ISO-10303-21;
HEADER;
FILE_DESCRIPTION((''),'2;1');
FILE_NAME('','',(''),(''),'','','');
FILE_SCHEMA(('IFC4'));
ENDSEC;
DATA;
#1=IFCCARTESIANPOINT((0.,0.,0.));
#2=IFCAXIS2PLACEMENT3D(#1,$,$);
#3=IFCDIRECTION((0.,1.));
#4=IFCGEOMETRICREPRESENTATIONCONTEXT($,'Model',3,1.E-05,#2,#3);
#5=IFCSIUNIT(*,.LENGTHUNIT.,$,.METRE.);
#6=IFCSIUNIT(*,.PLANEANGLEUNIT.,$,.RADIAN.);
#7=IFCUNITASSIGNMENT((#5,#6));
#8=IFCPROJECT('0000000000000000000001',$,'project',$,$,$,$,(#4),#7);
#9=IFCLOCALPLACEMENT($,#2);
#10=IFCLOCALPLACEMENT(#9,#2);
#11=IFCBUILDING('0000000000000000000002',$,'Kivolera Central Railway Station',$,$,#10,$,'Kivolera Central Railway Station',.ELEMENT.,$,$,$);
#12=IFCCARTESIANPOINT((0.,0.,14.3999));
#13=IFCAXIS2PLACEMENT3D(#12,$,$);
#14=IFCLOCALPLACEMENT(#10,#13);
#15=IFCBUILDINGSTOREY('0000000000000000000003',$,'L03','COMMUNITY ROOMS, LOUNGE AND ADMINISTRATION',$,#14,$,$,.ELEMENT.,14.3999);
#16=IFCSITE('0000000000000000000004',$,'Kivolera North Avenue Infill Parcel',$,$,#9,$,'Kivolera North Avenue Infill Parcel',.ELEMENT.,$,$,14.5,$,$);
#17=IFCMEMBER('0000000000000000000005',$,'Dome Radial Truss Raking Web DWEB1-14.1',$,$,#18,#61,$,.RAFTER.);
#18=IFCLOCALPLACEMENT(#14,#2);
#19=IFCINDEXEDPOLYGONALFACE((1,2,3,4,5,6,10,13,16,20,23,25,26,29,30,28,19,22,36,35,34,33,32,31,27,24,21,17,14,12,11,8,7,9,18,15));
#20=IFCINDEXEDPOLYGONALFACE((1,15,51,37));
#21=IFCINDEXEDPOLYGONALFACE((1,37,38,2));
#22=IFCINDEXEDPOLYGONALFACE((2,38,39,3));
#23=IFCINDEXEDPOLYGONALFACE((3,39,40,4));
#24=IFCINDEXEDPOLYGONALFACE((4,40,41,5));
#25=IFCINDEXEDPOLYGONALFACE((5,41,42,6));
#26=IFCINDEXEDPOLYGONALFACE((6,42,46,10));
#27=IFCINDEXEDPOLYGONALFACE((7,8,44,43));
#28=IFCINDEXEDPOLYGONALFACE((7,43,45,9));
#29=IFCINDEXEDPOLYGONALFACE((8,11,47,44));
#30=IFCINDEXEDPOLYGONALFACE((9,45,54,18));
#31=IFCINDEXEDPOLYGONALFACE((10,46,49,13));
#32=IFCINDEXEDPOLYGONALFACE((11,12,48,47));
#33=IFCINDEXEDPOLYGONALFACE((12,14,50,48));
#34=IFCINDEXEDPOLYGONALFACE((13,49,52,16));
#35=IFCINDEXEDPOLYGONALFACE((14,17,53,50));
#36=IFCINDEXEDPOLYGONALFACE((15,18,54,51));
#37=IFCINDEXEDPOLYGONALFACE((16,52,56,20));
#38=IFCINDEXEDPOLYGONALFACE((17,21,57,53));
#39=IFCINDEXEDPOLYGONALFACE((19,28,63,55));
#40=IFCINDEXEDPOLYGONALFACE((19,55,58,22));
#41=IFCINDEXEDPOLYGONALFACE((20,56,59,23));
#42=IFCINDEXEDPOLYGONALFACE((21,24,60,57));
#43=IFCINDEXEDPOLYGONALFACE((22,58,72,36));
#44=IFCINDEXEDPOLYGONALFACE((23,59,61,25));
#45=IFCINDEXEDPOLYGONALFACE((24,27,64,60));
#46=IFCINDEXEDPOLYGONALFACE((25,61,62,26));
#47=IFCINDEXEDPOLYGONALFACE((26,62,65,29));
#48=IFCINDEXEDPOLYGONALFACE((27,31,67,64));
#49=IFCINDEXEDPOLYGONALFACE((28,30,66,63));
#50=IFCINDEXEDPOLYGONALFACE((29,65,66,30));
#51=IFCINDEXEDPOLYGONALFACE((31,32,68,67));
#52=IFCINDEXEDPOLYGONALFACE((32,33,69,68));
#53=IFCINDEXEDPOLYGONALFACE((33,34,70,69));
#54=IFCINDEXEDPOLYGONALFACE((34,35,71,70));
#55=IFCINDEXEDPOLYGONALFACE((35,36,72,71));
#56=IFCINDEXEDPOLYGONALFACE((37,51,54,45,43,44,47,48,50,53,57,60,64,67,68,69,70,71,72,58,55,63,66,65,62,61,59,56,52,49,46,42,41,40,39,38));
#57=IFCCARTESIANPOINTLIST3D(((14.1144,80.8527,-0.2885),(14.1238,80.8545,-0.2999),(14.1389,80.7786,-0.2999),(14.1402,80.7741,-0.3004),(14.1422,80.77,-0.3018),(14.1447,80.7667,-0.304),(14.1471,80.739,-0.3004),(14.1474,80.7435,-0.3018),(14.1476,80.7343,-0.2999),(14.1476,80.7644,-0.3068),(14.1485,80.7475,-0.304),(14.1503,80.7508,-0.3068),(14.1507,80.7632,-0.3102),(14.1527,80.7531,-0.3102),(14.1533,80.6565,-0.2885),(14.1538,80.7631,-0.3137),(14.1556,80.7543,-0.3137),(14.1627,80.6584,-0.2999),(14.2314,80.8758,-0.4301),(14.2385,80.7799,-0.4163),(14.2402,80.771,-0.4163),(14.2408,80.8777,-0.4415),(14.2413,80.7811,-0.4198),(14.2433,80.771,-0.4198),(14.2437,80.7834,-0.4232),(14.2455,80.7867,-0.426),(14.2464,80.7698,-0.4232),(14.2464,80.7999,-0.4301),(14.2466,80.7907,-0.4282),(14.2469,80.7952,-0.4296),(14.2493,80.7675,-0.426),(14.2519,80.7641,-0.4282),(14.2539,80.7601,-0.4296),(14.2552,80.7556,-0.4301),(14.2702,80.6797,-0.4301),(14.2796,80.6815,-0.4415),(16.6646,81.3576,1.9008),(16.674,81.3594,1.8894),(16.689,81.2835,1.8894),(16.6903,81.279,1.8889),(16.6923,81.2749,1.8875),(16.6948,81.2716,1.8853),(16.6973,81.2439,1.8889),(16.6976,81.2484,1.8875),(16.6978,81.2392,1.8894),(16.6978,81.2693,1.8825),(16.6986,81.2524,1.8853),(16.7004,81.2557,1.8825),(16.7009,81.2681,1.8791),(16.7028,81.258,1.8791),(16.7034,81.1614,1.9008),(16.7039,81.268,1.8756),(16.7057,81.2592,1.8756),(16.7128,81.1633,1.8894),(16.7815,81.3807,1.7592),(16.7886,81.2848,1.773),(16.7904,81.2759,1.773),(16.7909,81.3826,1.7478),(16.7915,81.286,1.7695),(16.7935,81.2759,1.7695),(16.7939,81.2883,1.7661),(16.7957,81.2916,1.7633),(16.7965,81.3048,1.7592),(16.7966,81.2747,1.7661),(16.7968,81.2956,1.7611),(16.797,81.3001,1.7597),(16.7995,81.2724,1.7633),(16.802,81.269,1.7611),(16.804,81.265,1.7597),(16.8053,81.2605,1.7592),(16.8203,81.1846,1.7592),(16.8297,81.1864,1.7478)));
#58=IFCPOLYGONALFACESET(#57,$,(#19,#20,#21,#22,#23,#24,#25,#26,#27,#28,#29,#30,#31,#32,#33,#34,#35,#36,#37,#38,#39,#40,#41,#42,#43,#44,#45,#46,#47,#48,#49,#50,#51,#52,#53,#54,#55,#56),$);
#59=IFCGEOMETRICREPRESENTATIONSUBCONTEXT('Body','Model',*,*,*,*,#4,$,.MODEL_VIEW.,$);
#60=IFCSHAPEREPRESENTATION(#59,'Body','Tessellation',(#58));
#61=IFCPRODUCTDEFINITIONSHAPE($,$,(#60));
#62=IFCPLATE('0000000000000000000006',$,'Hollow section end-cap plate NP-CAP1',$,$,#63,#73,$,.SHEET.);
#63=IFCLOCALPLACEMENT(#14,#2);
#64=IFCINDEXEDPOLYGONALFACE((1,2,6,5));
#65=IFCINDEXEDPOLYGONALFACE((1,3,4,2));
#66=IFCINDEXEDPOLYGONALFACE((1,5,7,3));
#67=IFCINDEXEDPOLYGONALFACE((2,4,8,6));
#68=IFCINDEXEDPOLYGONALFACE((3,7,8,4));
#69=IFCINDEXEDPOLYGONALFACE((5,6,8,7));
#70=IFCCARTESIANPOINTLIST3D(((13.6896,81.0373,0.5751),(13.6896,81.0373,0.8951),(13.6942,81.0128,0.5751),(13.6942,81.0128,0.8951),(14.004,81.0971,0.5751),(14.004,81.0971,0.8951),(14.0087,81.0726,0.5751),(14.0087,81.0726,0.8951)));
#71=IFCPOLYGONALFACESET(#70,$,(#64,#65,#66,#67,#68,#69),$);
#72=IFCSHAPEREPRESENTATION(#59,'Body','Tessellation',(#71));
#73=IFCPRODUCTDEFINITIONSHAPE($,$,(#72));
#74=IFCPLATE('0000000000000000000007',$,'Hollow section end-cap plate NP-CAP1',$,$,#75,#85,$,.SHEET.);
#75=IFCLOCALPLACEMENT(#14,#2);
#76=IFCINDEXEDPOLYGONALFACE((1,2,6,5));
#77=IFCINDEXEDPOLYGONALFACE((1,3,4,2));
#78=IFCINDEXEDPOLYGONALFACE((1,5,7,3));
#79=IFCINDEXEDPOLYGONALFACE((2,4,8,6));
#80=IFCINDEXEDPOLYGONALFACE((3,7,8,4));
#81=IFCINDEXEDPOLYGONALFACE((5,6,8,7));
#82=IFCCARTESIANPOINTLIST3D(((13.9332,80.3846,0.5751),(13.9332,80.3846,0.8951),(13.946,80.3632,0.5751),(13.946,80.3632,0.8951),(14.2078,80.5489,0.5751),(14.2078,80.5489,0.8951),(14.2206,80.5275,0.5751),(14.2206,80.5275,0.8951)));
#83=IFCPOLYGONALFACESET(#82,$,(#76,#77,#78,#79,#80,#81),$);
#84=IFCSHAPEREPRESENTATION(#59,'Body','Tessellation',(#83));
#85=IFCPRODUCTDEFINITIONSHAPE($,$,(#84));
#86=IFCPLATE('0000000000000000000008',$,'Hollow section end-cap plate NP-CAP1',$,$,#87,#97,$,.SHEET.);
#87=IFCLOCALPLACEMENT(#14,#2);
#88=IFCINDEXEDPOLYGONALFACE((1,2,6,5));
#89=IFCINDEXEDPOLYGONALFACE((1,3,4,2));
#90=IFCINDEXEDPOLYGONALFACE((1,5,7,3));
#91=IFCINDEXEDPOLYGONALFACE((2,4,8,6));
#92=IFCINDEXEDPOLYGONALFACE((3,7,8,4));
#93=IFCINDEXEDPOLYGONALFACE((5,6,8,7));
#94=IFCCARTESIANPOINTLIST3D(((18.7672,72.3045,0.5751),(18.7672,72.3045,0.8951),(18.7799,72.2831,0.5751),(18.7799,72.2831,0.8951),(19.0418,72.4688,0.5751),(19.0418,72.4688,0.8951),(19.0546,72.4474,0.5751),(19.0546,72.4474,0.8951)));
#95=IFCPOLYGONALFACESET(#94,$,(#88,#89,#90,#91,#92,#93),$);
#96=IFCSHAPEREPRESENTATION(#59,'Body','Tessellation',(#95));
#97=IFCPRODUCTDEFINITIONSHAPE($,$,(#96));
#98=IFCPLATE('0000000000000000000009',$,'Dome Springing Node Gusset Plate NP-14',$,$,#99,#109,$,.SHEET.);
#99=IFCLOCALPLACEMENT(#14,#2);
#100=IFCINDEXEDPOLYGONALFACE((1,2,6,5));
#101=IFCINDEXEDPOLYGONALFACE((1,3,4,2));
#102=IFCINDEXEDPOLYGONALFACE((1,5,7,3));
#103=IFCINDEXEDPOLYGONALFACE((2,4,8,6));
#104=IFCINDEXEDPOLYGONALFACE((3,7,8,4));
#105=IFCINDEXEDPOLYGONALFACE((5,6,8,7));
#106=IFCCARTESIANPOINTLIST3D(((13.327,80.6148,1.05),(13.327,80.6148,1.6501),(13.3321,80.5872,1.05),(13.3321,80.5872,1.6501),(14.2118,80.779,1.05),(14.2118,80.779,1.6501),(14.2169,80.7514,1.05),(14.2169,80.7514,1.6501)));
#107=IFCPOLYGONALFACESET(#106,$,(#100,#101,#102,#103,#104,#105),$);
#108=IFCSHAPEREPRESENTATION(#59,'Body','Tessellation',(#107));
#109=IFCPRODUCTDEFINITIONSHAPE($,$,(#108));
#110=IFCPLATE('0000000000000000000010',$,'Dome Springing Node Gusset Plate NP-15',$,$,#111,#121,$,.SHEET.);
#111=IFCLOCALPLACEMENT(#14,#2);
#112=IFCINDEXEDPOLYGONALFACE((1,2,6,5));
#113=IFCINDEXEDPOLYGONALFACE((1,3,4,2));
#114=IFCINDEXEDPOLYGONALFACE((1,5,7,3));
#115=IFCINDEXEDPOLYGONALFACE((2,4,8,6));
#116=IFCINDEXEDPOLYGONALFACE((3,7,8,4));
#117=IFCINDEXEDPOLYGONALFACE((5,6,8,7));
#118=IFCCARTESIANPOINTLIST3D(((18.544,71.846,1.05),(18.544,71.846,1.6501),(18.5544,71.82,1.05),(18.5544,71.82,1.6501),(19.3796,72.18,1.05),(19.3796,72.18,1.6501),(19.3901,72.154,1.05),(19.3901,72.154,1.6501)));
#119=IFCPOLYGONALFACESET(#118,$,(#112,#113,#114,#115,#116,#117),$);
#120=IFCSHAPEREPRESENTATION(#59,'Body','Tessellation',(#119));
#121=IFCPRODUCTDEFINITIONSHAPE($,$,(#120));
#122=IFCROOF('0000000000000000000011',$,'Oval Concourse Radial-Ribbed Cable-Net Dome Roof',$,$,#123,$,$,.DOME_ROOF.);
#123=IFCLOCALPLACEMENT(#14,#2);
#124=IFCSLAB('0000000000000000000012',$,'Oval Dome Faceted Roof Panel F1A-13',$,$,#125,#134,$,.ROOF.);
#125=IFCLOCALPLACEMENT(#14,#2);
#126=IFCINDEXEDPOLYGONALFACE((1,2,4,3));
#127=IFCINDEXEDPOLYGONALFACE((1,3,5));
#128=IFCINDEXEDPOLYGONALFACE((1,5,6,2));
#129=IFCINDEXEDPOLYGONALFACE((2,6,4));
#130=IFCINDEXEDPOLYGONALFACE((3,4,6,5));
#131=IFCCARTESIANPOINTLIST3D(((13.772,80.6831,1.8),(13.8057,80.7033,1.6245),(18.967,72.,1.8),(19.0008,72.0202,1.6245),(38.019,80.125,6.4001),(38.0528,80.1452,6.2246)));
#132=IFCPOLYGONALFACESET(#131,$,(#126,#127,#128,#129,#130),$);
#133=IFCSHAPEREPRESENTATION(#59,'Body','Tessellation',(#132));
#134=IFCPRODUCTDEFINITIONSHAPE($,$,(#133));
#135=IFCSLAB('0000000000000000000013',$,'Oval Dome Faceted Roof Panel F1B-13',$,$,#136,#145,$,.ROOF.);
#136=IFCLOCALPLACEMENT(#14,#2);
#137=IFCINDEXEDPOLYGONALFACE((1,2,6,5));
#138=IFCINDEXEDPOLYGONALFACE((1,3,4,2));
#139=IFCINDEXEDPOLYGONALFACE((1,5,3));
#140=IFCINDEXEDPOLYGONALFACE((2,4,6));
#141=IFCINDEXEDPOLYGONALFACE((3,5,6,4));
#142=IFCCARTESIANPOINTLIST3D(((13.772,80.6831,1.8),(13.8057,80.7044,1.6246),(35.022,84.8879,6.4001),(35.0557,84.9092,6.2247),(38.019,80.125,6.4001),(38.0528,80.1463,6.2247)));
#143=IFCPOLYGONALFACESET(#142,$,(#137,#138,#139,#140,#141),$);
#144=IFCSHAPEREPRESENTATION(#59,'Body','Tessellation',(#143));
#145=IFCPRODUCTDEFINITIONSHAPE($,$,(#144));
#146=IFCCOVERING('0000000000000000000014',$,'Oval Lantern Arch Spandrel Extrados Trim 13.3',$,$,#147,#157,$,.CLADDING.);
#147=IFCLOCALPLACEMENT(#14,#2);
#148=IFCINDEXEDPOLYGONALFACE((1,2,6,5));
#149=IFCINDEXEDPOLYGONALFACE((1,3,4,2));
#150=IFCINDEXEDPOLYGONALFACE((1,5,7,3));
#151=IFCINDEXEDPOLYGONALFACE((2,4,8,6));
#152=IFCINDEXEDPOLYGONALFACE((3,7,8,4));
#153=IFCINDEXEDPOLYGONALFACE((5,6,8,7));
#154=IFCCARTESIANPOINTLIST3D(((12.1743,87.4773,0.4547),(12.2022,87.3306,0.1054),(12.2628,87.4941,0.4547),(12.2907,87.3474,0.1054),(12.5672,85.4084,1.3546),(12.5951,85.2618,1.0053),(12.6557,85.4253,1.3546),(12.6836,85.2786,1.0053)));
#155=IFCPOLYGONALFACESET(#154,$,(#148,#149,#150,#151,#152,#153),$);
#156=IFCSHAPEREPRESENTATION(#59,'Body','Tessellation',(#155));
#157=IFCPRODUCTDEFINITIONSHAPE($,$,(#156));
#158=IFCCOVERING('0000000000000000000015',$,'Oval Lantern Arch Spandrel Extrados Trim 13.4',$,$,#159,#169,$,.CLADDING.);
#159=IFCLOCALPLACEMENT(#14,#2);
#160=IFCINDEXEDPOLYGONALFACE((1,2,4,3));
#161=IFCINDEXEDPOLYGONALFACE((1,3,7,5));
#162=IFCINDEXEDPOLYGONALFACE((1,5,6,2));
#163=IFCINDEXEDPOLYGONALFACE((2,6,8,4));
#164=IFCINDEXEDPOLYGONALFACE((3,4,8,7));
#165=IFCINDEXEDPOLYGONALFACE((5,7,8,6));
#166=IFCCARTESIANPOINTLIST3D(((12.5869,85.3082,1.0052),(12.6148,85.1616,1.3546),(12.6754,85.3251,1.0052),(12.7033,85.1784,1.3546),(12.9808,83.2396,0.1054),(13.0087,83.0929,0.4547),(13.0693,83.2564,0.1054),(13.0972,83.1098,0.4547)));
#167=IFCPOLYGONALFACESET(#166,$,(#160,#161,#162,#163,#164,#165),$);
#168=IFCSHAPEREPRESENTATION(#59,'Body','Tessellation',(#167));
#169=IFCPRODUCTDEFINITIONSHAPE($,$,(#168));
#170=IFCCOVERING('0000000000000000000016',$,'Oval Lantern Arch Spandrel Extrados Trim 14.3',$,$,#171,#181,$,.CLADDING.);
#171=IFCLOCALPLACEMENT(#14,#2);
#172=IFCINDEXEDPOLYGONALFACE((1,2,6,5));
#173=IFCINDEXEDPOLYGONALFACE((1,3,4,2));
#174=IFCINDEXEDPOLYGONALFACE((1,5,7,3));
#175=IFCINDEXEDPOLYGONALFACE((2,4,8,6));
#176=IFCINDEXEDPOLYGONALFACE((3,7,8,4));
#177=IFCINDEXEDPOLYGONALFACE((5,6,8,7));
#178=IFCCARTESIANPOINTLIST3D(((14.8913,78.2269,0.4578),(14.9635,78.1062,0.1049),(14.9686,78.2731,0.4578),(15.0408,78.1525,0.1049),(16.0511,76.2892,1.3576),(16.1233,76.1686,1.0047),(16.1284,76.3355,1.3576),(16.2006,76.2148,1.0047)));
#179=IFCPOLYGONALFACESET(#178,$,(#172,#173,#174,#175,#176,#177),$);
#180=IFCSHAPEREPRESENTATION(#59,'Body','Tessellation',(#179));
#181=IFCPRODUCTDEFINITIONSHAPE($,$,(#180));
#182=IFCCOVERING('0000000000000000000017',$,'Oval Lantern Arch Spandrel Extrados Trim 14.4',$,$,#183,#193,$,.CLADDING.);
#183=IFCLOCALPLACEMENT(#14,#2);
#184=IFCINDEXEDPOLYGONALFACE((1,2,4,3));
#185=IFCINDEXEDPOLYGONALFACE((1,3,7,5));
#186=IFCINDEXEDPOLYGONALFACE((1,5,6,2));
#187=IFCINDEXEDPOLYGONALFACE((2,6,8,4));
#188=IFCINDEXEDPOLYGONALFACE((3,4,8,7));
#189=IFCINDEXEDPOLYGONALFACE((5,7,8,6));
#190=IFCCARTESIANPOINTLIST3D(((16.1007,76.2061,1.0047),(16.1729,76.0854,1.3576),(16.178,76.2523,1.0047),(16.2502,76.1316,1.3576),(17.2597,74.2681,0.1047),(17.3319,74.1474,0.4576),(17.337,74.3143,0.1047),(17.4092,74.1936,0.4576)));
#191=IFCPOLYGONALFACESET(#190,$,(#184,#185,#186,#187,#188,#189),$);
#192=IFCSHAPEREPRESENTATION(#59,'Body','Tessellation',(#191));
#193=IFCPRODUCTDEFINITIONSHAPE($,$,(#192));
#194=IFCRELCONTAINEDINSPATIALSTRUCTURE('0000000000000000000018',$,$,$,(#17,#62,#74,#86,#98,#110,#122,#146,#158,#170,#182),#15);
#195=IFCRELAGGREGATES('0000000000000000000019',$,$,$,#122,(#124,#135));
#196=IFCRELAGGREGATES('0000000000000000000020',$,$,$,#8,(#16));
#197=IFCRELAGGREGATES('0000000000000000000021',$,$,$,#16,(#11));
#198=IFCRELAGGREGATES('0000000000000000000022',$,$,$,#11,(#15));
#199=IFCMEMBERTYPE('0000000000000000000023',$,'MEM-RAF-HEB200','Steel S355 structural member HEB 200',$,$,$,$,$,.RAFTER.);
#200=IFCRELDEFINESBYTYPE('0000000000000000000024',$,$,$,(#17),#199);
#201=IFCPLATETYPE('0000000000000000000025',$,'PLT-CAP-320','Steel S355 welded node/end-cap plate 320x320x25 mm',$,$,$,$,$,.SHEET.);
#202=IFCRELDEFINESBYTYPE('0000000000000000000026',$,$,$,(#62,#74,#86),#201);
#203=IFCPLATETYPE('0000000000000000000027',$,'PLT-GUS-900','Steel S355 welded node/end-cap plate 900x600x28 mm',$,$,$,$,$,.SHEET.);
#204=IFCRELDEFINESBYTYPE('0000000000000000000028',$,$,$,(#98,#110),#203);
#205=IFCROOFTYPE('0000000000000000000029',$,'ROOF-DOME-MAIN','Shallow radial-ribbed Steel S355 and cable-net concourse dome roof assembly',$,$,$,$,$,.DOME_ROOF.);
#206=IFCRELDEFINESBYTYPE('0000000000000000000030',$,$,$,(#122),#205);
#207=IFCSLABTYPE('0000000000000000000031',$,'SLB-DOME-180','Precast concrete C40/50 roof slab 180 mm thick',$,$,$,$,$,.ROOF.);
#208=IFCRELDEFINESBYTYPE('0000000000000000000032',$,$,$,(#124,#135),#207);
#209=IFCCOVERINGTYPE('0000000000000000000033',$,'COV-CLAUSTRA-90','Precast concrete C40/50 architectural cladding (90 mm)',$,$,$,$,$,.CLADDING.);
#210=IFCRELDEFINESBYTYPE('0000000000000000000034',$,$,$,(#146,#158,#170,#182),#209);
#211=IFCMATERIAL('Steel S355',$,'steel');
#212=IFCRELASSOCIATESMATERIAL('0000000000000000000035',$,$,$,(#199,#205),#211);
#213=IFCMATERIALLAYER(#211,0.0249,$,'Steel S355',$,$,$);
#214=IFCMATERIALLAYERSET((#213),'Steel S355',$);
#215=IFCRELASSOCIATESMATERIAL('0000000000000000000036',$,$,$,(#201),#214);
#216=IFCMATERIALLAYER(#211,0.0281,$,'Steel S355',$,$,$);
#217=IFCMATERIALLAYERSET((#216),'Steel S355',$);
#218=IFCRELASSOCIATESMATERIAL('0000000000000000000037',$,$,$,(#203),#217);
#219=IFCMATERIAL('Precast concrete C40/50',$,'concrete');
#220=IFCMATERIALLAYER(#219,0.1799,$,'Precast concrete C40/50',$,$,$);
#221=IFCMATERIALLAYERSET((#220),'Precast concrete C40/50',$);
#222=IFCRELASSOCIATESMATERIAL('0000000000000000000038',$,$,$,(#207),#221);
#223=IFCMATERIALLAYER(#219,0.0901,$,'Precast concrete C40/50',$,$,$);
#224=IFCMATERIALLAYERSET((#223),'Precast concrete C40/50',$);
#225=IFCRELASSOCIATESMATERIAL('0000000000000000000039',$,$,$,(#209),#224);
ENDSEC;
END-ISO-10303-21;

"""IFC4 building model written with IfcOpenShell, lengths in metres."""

from ifc_helpers import new_model, si_unit, direction, frame, origin, origin_2d, place, context, subcontext, project, spatial, polyline, rectangle, i_section, outline, extrude, material, layer, layer_set, material_profile, profile_set, type_object, element, aggregate, save


model = new_model("IFC4")

# Units and contexts
model_context = context("Model", 3, precision=1e-05, world=origin(), true_north=direction((0.0, 1.0)))
body_context = subcontext(model_context, "Body", "Model", "MODEL_VIEW")
ifc_project = project(units=[si_unit("LENGTHUNIT", "METRE"), si_unit("PLANEANGLEUNIT", "RADIAN")], contexts=[model_context])

# Site, building, storey
site_placement = place(None, origin())
site = spatial("IfcSite", under=ifc_project, at=site_placement, Name="Kivolera North Avenue Infill Parcel", LongName="Kivolera North Avenue Infill Parcel", CompositionType="ELEMENT", RefElevation=14.5)
building_placement = place(site_placement, origin())
building = spatial("IfcBuilding", under=site, at=building_placement, Name="Kivolera Central Railway Station", LongName="Kivolera Central Railway Station", CompositionType="ELEMENT")
storey_placement = place(building_placement, frame((0.0, 0.0, 14.3999)))
storey = spatial("IfcBuildingStorey", under=building, at=storey_placement, Name="L03", Description="COMMUNITY ROOMS, LOUNGE AND ADMINISTRATION", CompositionType="ELEMENT", Elevation=14.3999)

# Shared definitions
ifc_material_1 = material(Name="Steel S355", Category="steel")

# Member
ifc_material_profile_1 = material_profile(ifc_material_1, i_section(OverallWidth=0.2, OverallDepth=0.2, WebThickness=0.009, FlangeThickness=0.0149, FilletRadius=0.0181, at=origin_2d()), Name="HEB 200")
ifc_profile_set_1 = profile_set([ifc_material_profile_1], Name="Steel S355")
member_type_1 = type_object("IfcMemberType", Name="MEM-RAF-HEB200", Description="Steel S355 structural member HEB 200", PredefinedType="RAFTER", material=ifc_profile_set_1)
member_1_placement = place(storey_placement, frame((14.197, 80.7671, -0.365), z_axis=(0.750329, 0.148557, 0.644156), x_axis=(-0.194219, 0.980958, 0.0)))
element("IfcMember", 1, at=member_1_placement, inside=storey, type_object=member_type_1, Name="Dome Radial Truss Raking Web DWEB1-14.1", PredefinedType="RAFTER", context=body_context, shape_type="SweptSolid", body=[
    extrude(i_section(OverallWidth=0.2, OverallDepth=0.2, WebThickness=0.009, FlangeThickness=0.0149, FilletRadius=0.0181, at=origin_2d()), origin(), (0.0, 0.0, 1.0), 3.3987),
])

# Plates
ifc_layer_1 = layer(ifc_material_1, 0.0249, Name="Steel S355")
ifc_layer_set_1 = layer_set([ifc_layer_1], Name="Steel S355")
plate_type_1 = type_object("IfcPlateType", Name="PLT-CAP-320", Description="Steel S355 welded node/end-cap plate 320x320x25 mm", PredefinedType="SHEET", material=ifc_layer_set_1)
for number, where, z_axis, x_axis, name in (
    (2, (13.8491, 81.0549, 0.7351), (0.186814, -0.982395, 0.0), (0.982395, 0.186814, 0.0), "Hollow section end-cap plate NP-CAP1"),
    (3, (14.0769, 80.4561, 0.7351), (0.51337, -0.858167, 0.0), (0.858167, 0.51337, 0.0), "Hollow section end-cap plate NP-CAP1"),
    (4, (18.9109, 72.376, 0.7351), (0.51337, -0.858167, 0.0), (0.858167, 0.51337, 0.0), "Hollow section end-cap plate NP-CAP1"),
):
    element("IfcPlate", number, at=place(storey_placement, frame(where, z_axis=z_axis, x_axis=x_axis)), inside=storey, type_object=plate_type_1, Name=name, PredefinedType="SHEET", context=body_context, shape_type="SweptSolid", body=[
        extrude(rectangle(XDim=0.3201, YDim=0.3201, at=origin_2d()), frame((0.0, 0.0, -0.0125)), (0.0, 0.0, 1.0), 0.0249),
    ])
ifc_layer_2 = layer(ifc_material_1, 0.0281, Name="Steel S355")
ifc_layer_set_2 = layer_set([ifc_layer_2], Name="Steel S355")
plate_type_2 = type_object("IfcPlateType", Name="PLT-GUS-900", Description="Steel S355 welded node/end-cap plate 900x600x28 mm", PredefinedType="SHEET", material=ifc_layer_set_2)
for number, where, z_axis, x_axis, name in (
    (5, (13.772, 80.6831, 1.05), (0.0, 0.0, 1.0), (-0.983226, -0.18239, 0.0), "Dome Springing Node Gusset Plate NP-14"),
    (6, (18.967, 72.0, 1.05), (0.0, 0.0, 1.0), (-0.92857, -0.371157, 0.0), "Dome Springing Node Gusset Plate NP-15"),
):
    element("IfcPlate", number, at=place(storey_placement, frame(where, z_axis=z_axis, x_axis=x_axis)), inside=storey, type_object=plate_type_2, Name=name, PredefinedType="SHEET", context=body_context, shape_type="SweptSolid", body=[
        extrude(rectangle(XDim=0.8999, YDim=0.0281, at=origin_2d()), origin(), (0.0, 0.0, 1.0), 0.6001),
    ])

# Roof, slabs
roof_type = type_object("IfcRoofType", Name="ROOF-DOME-MAIN", Description="Shallow radial-ribbed Steel S355 and cable-net concourse dome roof assembly", PredefinedType="DOME_ROOF", material=ifc_material_1)
roof_placement = place(storey_placement, origin())
roof = element("IfcRoof", 7, at=roof_placement, inside=storey, type_object=roof_type, Name="Oval Concourse Radial-Ribbed Cable-Net Dome Roof", PredefinedType="DOME_ROOF")
ifc_material_2 = material(Name="Precast concrete C40/50", Category="concrete")
ifc_layer_3 = layer(ifc_material_2, 0.1799, Name="Precast concrete C40/50")
ifc_layer_set_3 = layer_set([ifc_layer_3], Name="Precast concrete C40/50")
slab_type = type_object("IfcSlabType", Name="SLB-DOME-180", Description="Precast concrete C40/50 roof slab 180 mm thick", PredefinedType="ROOF", material=ifc_layer_set_3)
slab_1_placement = place(storey_placement, frame((13.772, 80.6831, 1.8), z_axis=(-0.187708, -0.112305, 0.975783), x_axis=(0.51342, -0.858137, 0.0)))
slab_1 = element("IfcSlab", 8, at=slab_1_placement, type_object=slab_type, Name="Oval Dome Faceted Roof Panel F1A-13", PredefinedType="ROOF", context=body_context, shape_type="SweptSolid", body=[
    extrude(outline(polyline([(0.0, 0.0), (10.1186, 0.0), (12.9279, 21.0301), (0.0, 0.0)])), origin(), (0.0, 0.0, -1.0), 0.1799),
])
slab_2_placement = place(storey_placement, frame((13.772, 80.6831, 1.8), z_axis=(-0.187712, -0.118117, 0.975096), x_axis=(0.982224, -0.022608, 0.186345)))
slab_2 = element("IfcSlab", 9, at=slab_2_placement, type_object=slab_type, Name="Oval Dome Faceted Roof Panel F1B-13", PredefinedType="ROOF", context=body_context, shape_type="SweptSolid", body=[
    extrude(outline(polyline([(0.0, 0.0), (24.6859, 0.0), (21.6344, 4.7283), (0.0, 0.0)])), origin(), (0.0, 0.0, -1.0), 0.1799),
])
aggregate(roof, [slab_1, slab_2])

# Coverings
ifc_layer_4 = layer(ifc_material_2, 0.0901, Name="Precast concrete C40/50")
ifc_layer_set_4 = layer_set([ifc_layer_4], Name="Precast concrete C40/50")
covering_type_1 = type_object("IfcCoveringType", Name="COV-CLAUSTRA-90", Description="Precast concrete C40/50 architectural cladding (90 mm)", PredefinedType="CLADDING", material=ifc_layer_set_4)
for number, where, z_axis, x_axis, name in (
    (10, (12.429, 86.3779, 0.73), (0.171598, -0.903398, 0.392972), (-0.98239, -0.186841, 0.0), "Oval Lantern Arch Spandrel Extrados Trim 13.3"),
    (11, (12.842, 84.209, 0.73), (0.172021, -0.90333, -0.392942), (-0.98239, -0.186841, 0.0), "Oval Lantern Arch Spandrel Extrados Trim 13.4"),
):
    element("IfcCovering", number, at=place(storey_placement, frame(where, z_axis=z_axis, x_axis=x_axis)), inside=storey, type_object=covering_type_1, Name=name, PredefinedType="CLADDING", context=body_context, shape_type="SweptSolid", body=[
        extrude(rectangle(XDim=0.0901, YDim=0.3799, at=origin_2d()), frame((0.0, 0.0, -1.145)), (0.0, 0.0, 1.0), 2.29),
    ])
for number, where, z_axis, x_axis, name in (
    (12, (15.5459, 77.2209, 0.7312), (0.477102, -0.797089, 0.370165), (-0.858138, -0.51342, 0.0), "Oval Lantern Arch Spandrel Extrados Trim 14.3"),
    (13, (16.7549, 75.2, 0.7312), (0.476784, -0.797246, -0.370238), (-0.858138, -0.51342, 0.0), "Oval Lantern Arch Spandrel Extrados Trim 14.4"),
):
    element("IfcCovering", number, at=place(storey_placement, frame(where, z_axis=z_axis, x_axis=x_axis)), inside=storey, type_object=covering_type_1, Name=name, PredefinedType="CLADDING", context=body_context, shape_type="SweptSolid", body=[
        extrude(rectangle(XDim=0.0901, YDim=0.3799, at=origin_2d()), frame((0.0, 0.0, -1.2153)), (0.0, 0.0, 1.0), 2.4309),
    ])

save(model, "model.ifc")
